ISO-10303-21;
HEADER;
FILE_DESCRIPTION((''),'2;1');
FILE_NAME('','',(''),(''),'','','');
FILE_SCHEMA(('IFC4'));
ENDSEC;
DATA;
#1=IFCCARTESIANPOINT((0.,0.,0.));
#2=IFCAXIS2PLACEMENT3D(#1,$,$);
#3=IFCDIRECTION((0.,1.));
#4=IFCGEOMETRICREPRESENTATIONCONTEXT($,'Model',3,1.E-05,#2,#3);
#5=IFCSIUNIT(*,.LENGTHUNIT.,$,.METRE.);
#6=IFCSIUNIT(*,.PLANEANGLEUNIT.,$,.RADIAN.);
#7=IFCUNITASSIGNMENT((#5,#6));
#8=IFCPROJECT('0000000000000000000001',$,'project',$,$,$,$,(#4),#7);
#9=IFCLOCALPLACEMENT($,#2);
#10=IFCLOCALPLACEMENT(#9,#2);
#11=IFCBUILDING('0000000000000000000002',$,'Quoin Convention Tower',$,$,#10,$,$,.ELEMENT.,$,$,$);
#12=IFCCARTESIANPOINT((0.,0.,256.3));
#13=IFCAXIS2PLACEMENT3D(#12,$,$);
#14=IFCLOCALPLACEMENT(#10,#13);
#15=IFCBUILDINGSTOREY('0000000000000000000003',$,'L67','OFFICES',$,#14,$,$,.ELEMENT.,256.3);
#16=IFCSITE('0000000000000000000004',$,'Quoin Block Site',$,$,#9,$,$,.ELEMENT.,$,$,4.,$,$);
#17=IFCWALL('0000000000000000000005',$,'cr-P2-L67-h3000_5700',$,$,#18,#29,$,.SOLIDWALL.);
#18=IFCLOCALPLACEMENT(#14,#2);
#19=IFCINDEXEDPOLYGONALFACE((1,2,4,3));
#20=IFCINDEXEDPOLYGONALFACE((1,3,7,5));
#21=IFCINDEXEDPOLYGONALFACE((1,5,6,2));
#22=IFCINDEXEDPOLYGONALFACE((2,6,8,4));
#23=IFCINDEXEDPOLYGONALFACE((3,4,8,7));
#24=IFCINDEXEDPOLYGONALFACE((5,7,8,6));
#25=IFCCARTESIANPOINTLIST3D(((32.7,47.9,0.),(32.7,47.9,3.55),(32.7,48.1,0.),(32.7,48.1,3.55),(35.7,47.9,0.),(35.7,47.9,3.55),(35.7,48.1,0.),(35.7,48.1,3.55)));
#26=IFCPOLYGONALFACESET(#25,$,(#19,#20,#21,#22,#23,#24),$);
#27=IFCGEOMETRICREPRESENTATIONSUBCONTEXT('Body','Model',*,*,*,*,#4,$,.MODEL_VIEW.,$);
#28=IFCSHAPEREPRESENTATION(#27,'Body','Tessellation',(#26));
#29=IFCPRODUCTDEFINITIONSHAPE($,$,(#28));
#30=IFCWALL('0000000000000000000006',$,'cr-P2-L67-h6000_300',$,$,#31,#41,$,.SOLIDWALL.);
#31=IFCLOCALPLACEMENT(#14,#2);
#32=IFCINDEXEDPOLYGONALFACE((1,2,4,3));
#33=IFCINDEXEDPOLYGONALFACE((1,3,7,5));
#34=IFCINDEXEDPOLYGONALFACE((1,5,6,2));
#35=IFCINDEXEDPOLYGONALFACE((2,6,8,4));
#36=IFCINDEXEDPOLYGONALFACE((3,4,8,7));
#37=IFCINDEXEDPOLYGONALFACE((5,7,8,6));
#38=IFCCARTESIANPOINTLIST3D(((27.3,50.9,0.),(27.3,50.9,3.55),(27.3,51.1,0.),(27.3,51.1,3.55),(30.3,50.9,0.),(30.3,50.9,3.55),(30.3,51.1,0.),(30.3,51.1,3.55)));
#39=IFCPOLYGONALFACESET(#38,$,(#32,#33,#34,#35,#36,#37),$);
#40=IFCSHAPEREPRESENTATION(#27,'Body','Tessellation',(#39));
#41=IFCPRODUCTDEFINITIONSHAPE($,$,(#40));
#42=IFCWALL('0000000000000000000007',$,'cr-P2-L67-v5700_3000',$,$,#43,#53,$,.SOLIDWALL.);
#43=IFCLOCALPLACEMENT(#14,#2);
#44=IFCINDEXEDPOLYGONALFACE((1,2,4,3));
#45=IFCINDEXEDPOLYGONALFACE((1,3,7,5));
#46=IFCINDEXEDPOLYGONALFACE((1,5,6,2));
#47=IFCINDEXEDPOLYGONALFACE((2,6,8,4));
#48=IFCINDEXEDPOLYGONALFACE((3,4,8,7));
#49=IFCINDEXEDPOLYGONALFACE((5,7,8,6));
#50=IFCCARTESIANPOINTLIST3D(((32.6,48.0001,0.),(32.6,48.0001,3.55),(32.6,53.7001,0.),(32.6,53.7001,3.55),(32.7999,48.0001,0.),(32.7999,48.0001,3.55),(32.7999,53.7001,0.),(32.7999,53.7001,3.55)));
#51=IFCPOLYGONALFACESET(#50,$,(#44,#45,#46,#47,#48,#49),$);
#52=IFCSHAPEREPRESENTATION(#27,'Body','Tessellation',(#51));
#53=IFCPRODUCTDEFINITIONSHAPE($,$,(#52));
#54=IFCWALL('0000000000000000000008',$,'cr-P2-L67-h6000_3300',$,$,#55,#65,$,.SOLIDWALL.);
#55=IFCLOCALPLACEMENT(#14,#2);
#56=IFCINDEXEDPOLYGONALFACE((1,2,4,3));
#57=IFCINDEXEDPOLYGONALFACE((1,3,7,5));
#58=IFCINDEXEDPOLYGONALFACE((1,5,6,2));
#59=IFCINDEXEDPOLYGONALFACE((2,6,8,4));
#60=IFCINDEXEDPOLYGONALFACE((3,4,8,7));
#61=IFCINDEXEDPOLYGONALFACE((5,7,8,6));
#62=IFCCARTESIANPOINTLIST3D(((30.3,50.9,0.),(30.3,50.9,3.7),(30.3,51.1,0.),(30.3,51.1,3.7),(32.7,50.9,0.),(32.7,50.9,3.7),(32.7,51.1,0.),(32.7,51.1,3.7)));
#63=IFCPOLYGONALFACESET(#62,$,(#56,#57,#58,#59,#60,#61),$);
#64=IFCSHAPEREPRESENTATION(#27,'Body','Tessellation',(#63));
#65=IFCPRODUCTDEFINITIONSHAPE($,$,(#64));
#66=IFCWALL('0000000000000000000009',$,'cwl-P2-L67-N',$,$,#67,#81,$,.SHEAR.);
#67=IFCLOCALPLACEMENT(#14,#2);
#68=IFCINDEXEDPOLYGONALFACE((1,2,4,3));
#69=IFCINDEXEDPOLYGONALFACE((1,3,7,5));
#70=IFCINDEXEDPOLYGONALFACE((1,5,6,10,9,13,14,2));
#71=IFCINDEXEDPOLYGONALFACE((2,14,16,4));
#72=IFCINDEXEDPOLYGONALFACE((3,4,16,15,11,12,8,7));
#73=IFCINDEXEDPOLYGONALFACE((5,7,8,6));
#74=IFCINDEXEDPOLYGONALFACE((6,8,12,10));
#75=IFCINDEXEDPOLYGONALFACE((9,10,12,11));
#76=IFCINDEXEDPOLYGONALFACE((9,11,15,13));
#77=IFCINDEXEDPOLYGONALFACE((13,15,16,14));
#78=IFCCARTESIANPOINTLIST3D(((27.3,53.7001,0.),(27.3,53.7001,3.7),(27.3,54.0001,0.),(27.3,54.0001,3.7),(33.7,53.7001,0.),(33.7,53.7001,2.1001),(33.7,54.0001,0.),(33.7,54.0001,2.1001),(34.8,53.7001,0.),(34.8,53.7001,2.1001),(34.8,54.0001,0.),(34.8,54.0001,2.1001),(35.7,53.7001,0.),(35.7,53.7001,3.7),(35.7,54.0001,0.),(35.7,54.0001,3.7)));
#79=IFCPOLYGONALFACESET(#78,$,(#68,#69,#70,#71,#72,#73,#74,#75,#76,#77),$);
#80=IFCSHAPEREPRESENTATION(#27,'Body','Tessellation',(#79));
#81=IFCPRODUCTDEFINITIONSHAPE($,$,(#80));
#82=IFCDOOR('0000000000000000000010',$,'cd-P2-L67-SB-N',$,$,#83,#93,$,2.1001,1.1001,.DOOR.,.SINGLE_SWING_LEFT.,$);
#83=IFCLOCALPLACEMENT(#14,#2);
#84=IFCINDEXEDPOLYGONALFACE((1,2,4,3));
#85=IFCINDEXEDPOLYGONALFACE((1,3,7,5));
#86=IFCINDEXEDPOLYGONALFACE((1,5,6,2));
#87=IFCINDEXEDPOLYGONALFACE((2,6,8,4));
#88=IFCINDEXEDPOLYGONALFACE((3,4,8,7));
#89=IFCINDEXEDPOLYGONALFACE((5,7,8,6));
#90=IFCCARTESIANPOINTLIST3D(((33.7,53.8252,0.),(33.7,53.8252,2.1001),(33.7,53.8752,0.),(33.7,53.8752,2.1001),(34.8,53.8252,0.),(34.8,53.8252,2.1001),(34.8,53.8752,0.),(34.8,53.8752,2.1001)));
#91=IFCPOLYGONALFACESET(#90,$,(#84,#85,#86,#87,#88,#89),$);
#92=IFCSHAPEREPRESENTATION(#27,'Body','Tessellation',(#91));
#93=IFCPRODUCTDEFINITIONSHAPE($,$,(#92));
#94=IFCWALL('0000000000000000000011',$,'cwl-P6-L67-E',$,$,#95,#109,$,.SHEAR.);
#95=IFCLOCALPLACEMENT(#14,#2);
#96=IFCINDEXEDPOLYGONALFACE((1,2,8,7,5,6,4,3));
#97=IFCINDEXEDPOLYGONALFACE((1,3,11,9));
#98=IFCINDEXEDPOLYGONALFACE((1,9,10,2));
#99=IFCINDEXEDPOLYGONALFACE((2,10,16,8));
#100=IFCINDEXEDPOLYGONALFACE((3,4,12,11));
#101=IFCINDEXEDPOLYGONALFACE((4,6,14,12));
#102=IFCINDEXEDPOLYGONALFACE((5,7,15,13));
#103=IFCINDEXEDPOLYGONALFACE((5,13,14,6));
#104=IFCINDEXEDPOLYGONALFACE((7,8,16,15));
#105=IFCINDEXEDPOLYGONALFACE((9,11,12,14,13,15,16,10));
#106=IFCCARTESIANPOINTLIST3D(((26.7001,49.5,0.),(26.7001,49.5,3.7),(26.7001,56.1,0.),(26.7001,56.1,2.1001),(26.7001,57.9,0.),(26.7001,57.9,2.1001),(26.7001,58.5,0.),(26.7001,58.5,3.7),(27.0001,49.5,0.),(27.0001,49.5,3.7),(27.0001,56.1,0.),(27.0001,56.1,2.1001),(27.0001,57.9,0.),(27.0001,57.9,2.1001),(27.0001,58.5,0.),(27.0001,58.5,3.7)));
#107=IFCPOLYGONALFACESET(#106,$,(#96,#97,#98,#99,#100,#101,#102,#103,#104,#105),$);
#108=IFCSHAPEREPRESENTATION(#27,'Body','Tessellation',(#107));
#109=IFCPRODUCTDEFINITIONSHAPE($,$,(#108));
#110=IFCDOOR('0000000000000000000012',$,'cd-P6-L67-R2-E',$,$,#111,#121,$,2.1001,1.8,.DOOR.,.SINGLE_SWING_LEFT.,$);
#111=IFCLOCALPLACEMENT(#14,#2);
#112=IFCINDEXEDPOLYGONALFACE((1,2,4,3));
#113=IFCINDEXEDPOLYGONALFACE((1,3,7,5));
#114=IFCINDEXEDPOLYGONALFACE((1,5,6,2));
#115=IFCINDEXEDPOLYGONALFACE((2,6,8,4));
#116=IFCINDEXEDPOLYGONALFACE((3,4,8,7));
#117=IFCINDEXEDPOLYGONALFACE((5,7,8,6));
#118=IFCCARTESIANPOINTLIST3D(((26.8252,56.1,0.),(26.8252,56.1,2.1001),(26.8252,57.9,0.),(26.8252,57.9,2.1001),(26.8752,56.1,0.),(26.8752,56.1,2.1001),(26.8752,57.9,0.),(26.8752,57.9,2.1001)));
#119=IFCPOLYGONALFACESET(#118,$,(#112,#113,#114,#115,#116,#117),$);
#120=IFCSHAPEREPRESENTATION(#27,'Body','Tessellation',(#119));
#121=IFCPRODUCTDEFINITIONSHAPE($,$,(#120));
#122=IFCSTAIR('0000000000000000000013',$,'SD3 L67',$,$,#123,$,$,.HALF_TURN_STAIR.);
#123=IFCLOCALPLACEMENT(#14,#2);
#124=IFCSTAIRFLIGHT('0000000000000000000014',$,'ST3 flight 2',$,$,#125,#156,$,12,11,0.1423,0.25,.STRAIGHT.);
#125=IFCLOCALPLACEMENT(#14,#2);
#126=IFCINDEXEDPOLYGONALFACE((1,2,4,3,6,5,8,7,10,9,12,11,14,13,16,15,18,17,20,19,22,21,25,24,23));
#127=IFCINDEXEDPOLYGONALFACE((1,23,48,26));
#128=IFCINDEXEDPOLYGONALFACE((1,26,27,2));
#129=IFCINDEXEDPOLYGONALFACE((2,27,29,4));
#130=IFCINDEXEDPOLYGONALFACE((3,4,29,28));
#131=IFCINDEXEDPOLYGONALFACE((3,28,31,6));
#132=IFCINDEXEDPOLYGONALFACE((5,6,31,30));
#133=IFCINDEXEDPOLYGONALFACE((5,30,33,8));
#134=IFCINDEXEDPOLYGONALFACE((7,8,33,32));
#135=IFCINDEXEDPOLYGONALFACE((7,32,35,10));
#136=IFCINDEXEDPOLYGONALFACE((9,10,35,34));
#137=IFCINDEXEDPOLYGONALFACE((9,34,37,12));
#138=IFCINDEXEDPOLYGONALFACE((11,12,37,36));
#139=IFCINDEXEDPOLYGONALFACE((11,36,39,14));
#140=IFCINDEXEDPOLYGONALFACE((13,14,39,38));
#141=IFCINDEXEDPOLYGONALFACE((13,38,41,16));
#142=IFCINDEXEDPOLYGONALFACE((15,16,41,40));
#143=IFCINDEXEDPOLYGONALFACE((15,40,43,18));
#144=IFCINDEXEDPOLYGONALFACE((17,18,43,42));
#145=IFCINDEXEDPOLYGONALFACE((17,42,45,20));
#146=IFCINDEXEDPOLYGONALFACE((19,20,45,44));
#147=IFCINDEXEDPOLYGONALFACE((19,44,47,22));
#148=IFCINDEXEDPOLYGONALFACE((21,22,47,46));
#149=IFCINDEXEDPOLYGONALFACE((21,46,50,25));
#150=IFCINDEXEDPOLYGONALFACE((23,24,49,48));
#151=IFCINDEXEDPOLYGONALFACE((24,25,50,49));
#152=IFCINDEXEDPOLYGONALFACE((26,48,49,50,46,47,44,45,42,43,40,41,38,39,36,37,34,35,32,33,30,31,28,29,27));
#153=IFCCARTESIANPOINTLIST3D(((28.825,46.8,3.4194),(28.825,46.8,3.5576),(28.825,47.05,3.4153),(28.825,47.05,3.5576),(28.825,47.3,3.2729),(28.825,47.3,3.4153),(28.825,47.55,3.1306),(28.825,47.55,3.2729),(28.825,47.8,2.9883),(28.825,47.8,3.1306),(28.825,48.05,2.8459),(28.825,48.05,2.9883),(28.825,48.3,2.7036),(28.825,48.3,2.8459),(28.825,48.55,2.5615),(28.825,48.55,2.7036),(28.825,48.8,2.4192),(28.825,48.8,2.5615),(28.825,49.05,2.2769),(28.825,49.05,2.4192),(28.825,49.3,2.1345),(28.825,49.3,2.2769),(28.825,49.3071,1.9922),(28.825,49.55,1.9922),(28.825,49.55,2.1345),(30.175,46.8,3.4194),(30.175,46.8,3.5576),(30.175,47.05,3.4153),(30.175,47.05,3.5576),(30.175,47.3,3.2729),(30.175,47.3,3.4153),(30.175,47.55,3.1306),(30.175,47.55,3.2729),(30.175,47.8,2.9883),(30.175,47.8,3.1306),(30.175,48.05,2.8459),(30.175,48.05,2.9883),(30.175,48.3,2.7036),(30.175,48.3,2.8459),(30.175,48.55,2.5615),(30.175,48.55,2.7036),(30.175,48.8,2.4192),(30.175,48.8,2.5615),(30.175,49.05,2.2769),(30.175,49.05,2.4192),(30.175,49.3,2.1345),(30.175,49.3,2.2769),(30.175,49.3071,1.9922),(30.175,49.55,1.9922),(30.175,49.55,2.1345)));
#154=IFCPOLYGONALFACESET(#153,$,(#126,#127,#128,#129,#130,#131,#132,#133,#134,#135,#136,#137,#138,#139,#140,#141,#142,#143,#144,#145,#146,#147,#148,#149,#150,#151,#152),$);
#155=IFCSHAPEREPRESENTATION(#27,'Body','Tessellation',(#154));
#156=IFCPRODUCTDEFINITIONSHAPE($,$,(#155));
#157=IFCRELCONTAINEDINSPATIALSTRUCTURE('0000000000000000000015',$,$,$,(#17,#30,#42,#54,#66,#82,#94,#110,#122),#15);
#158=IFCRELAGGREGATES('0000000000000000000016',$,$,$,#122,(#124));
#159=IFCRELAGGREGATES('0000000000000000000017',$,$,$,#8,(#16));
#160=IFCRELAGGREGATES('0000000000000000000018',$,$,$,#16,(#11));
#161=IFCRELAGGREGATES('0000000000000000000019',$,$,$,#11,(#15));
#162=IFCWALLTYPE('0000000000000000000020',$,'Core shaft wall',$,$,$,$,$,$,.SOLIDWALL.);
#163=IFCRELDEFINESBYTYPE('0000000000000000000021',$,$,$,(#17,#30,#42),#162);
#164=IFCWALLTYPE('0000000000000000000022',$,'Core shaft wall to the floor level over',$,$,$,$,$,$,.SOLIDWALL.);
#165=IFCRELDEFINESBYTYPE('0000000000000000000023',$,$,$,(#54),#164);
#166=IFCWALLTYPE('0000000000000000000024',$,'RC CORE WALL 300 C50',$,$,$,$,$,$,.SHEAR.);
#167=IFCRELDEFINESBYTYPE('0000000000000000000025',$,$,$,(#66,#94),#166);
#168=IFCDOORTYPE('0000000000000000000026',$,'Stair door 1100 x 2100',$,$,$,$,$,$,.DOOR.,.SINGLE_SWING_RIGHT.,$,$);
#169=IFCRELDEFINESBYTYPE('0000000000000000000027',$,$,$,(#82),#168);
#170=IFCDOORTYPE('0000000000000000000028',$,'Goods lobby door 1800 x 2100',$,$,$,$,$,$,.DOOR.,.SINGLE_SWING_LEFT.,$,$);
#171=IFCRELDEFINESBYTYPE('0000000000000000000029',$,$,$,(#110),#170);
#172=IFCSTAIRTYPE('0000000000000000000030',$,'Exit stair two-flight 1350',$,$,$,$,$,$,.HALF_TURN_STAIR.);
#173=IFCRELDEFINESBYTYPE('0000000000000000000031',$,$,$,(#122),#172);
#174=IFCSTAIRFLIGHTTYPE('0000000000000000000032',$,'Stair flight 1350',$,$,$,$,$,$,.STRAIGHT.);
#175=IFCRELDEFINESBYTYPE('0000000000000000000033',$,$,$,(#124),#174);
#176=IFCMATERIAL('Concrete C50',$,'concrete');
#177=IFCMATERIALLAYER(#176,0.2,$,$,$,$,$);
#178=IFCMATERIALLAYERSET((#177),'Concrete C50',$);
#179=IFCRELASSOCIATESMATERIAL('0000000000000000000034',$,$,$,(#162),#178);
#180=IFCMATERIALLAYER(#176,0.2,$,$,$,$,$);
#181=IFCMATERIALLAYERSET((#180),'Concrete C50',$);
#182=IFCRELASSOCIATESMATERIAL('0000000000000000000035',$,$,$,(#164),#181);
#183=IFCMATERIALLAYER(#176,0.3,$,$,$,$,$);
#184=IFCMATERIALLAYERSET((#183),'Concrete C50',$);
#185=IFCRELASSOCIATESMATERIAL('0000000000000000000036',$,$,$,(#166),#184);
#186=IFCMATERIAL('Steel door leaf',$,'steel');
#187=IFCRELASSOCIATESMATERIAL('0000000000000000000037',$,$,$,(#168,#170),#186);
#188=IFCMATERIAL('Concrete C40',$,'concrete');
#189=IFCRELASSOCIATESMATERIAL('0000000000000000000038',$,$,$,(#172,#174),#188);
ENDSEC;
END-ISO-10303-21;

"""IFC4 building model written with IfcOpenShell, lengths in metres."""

from ifc_helpers import new_model, si_unit, direction, frame, frame_2d, origin, place, context, subcontext, project, spatial, polyline, rectangle, outline, extrude, material, layer, layer_set, type_object, element, fill, aggregate, save


model = new_model("IFC4")

# Units and contexts
model_context = context("Model", 3, precision=1e-05, world=origin(), true_north=direction((0.0, 1.0)))
body_context = subcontext(model_context, "Body", "Model", "MODEL_VIEW")
ifc_project = project(units=[si_unit("LENGTHUNIT", "METRE"), si_unit("PLANEANGLEUNIT", "RADIAN")], contexts=[model_context])

# Site, building, storey
site_placement = place(None, origin())
site = spatial("IfcSite", under=ifc_project, at=site_placement, Name="Quoin Block Site", CompositionType="ELEMENT", RefElevation=4.0)
building_placement = place(site_placement, origin())
building = spatial("IfcBuilding", under=site, at=building_placement, Name="Quoin Convention Tower", CompositionType="ELEMENT")
storey_placement = place(building_placement, frame((0.0, 0.0, 256.3)))
storey = spatial("IfcBuildingStorey", under=building, at=storey_placement, Name="L67", Description="OFFICES", CompositionType="ELEMENT", Elevation=256.3)

# Shared definitions
ifc_material_1 = material(Name="Concrete C50", Category="concrete")

# Walls
ifc_layer_1 = layer(ifc_material_1, 0.2)
ifc_layer_set_1 = layer_set([ifc_layer_1], Name="Concrete C50")
wall_type_1 = type_object("IfcWallType", Name="Core shaft wall", PredefinedType="SOLIDWALL", material=ifc_layer_set_1)
for number, where, z_axis, x_axis, name in (
    (1, (32.7, 48.0, 0.0), (0.0, 0.0, 1.0), (1.0, 0.0, 0.0), "cr-P2-L67-h3000_5700"),
    (2, (27.3, 51.0, 0.0), (0.0, 0.0, 1.0), (1.0, 0.0, 0.0), "cr-P2-L67-h6000_300"),
):
    element("IfcWall", number, at=place(storey_placement, frame(where, z_axis=z_axis, x_axis=x_axis)), inside=storey, type_object=wall_type_1, Name=name, PredefinedType="SOLIDWALL", context=body_context, shape_type="SweptSolid", body=[
        extrude(rectangle(XDim=3.0, YDim=0.2, at=frame_2d((1.5, 0.0))), origin(), (0.0, 0.0, 1.0), 3.55),
    ])
wall_1_placement = place(storey_placement, frame((32.7, 48.0, 0.0), z_axis=(0.0, 0.0, 1.0), x_axis=(0.0, 1.0, 0.0)))
element("IfcWall", 3, at=wall_1_placement, inside=storey, type_object=wall_type_1, Name="cr-P2-L67-v5700_3000", PredefinedType="SOLIDWALL", context=body_context, shape_type="SweptSolid", body=[
    extrude(rectangle(XDim=5.7, YDim=0.2, at=frame_2d((2.8501, 0.0))), origin(), (0.0, 0.0, 1.0), 3.55),
])
ifc_layer_2 = layer(ifc_material_1, 0.2)
ifc_layer_set_2 = layer_set([ifc_layer_2], Name="Concrete C50")
wall_type_2 = type_object("IfcWallType", Name="Core shaft wall to the floor level over", PredefinedType="SOLIDWALL", material=ifc_layer_set_2)
wall_2_placement = place(storey_placement, frame((30.3, 51.0, 0.0), z_axis=(0.0, 0.0, 1.0), x_axis=(1.0, 0.0, 0.0)))
element("IfcWall", 4, at=wall_2_placement, inside=storey, type_object=wall_type_2, Name="cr-P2-L67-h6000_3300", PredefinedType="SOLIDWALL", context=body_context, shape_type="SweptSolid", body=[
    extrude(rectangle(XDim=2.3999, YDim=0.2, at=frame_2d((1.2, 0.0))), origin(), (0.0, 0.0, 1.0), 3.7),
])

# Walls, openings, doors
ifc_layer_3 = layer(ifc_material_1, 0.3)
ifc_layer_set_3 = layer_set([ifc_layer_3], Name="Concrete C50")
wall_type_3 = type_object("IfcWallType", Name="RC CORE WALL 300 C50", PredefinedType="SHEAR", material=ifc_layer_set_3)
wall_3_placement = place(storey_placement, frame((27.3, 53.8501, 0.0), z_axis=(0.0, 0.0, 1.0), x_axis=(1.0, 0.0, 0.0)))
wall_3 = element("IfcWall", 5, at=wall_3_placement, inside=storey, type_object=wall_type_3, Name="cwl-P2-L67-N", PredefinedType="SHEAR", context=body_context, shape_type="SweptSolid", body=[
    extrude(rectangle(XDim=8.3999, YDim=0.3, at=frame_2d((4.2, 0.0))), origin(), (0.0, 0.0, 1.0), 3.7),
])
opening_1_placement = place(wall_3_placement, frame((6.3999, 0.0, 0.0)))
opening_1 = element("IfcOpeningElement", 6, at=opening_1_placement, cuts=wall_3, PredefinedType="OPENING", context=body_context, shape_type="SweptSolid", body=[
    extrude(rectangle(XDim=1.1001, YDim=2.1001, at=frame_2d((0.55, 1.05))), frame((0.0, 0.1599, 0.0), z_axis=(0.0, -1.0, 0.0), x_axis=(1.0, 0.0, 0.0)), (0.0, 0.0, 1.0), 0.3201),
])
ifc_material_2 = material(Name="Steel door leaf", Category="steel")
door_type_1 = type_object("IfcDoorType", Name="Stair door 1100 x 2100", OperationType="SINGLE_SWING_RIGHT", PredefinedType="DOOR", material=ifc_material_2)
door_1_placement = place(opening_1_placement, frame((1.1001, 0.0, 0.0), z_axis=(0.0, 0.0, 1.0), x_axis=(-1.0, 0.0, 0.0)))
door_1 = element("IfcDoor", 7, at=door_1_placement, inside=storey, type_object=door_type_1, Name="cd-P2-L67-SB-N", OperationType="SINGLE_SWING_LEFT", OverallHeight=2.1001, OverallWidth=1.1001, PredefinedType="DOOR", context=body_context, shape_type="SweptSolid", body=[
    extrude(rectangle(XDim=1.1001, YDim=2.1001, at=frame_2d((0.55, 1.05))), frame((0.0, 0.0249, 0.0), z_axis=(0.0, -1.0, 0.0), x_axis=(1.0, 0.0, 0.0)), (0.0, 0.0, 1.0), 0.05),
])
fill(opening_1, door_1)
wall_4_placement = place(storey_placement, frame((26.8501, 49.5, 0.0), z_axis=(0.0, 0.0, 1.0), x_axis=(0.0, 1.0, 0.0)))
wall_4 = element("IfcWall", 8, at=wall_4_placement, inside=storey, type_object=wall_type_3, Name="cwl-P6-L67-E", PredefinedType="SHEAR", context=body_context, shape_type="SweptSolid", body=[
    extrude(rectangle(XDim=9.0, YDim=0.3, at=frame_2d((4.5, 0.0))), origin(), (0.0, 0.0, 1.0), 3.7),
])
opening_2_placement = place(wall_4_placement, frame((6.6001, 0.0, 0.0)))
opening_2 = element("IfcOpeningElement", 9, at=opening_2_placement, cuts=wall_4, PredefinedType="OPENING", context=body_context, shape_type="SweptSolid", body=[
    extrude(rectangle(XDim=1.8, YDim=2.1001, at=frame_2d((0.8999, 1.05))), frame((0.0, 0.1599, 0.0), z_axis=(0.0, -1.0, 0.0), x_axis=(1.0, 0.0, 0.0)), (0.0, 0.0, 1.0), 0.3201),
])
door_type_2 = type_object("IfcDoorType", Name="Goods lobby door 1800 x 2100", OperationType="SINGLE_SWING_LEFT", PredefinedType="DOOR", material=ifc_material_2)
door_2_placement = place(opening_2_placement, origin())
door_2 = element("IfcDoor", 10, at=door_2_placement, inside=storey, type_object=door_type_2, Name="cd-P6-L67-R2-E", OperationType="SINGLE_SWING_LEFT", OverallHeight=2.1001, OverallWidth=1.8, PredefinedType="DOOR", context=body_context, shape_type="SweptSolid", body=[
    extrude(rectangle(XDim=1.8, YDim=2.1001, at=frame_2d((0.8999, 1.05))), frame((0.0, 0.0249, 0.0), z_axis=(0.0, -1.0, 0.0), x_axis=(1.0, 0.0, 0.0)), (0.0, 0.0, 1.0), 0.05),
])
fill(opening_2, door_2)

# Stair, stair flight
ifc_material_3 = material(Name="Concrete C40", Category="concrete")
stair_type_1 = type_object("IfcStairType", Name="Exit stair two-flight 1350", PredefinedType="HALF_TURN_STAIR", material=ifc_material_3)
stair_1_placement = place(storey_placement, origin())
stair_1 = element("IfcStair", 11, at=stair_1_placement, inside=storey, type_object=stair_type_1, Name="SD3 L67", PredefinedType="HALF_TURN_STAIR")
stair_flight_type_1 = type_object("IfcStairFlightType", Name="Stair flight 1350", PredefinedType="STRAIGHT", material=ifc_material_3)
stair_flight_1_placement = place(storey_placement, frame((29.5, 49.55, 1.9922), z_axis=(0.0, 0.0, 1.0), x_axis=(0.0, -1.0, 0.0)))
stair_flight_1 = element("IfcStairFlight", 12, at=stair_flight_1_placement, type_object=stair_flight_type_1, Name="ST3 flight 2", NumberOfRisers=12, NumberOfTreads=11, PredefinedType="STRAIGHT", RiserHeight=0.1423, TreadLength=0.25, context=body_context, shape_type="SweptSolid", body=[
    extrude(outline(polyline([(0.0, 0.0), (0.0, 0.1423), (0.25, 0.1423), (0.25, 0.2847), (0.5, 0.2847), (0.5, 0.427), (0.75, 0.427), (0.75, 0.5693), (1.0, 0.5693), (1.0, 0.7114), (1.25, 0.7114), (1.25, 0.8538), (1.5, 0.8538), (1.5, 0.9961), (1.75, 0.9961), (1.75, 1.1384), (2.0, 1.1384), (2.0, 1.2808), (2.25, 1.2808), (2.25, 1.4231), (2.5, 1.4231), (2.5, 1.5654), (2.75, 1.5654), (2.75, 1.7078), (2.75, 1.4272), (0.2429, 0.0), (0.0, 0.0)])), frame((0.0, 0.675, 0.0), z_axis=(0.0, -1.0, 0.0), x_axis=(1.0, 0.0, 0.0)), (0.0, 0.0, 1.0), 1.3501),
])
aggregate(stair_1, [stair_flight_1])

save(model, "model.ifc")
